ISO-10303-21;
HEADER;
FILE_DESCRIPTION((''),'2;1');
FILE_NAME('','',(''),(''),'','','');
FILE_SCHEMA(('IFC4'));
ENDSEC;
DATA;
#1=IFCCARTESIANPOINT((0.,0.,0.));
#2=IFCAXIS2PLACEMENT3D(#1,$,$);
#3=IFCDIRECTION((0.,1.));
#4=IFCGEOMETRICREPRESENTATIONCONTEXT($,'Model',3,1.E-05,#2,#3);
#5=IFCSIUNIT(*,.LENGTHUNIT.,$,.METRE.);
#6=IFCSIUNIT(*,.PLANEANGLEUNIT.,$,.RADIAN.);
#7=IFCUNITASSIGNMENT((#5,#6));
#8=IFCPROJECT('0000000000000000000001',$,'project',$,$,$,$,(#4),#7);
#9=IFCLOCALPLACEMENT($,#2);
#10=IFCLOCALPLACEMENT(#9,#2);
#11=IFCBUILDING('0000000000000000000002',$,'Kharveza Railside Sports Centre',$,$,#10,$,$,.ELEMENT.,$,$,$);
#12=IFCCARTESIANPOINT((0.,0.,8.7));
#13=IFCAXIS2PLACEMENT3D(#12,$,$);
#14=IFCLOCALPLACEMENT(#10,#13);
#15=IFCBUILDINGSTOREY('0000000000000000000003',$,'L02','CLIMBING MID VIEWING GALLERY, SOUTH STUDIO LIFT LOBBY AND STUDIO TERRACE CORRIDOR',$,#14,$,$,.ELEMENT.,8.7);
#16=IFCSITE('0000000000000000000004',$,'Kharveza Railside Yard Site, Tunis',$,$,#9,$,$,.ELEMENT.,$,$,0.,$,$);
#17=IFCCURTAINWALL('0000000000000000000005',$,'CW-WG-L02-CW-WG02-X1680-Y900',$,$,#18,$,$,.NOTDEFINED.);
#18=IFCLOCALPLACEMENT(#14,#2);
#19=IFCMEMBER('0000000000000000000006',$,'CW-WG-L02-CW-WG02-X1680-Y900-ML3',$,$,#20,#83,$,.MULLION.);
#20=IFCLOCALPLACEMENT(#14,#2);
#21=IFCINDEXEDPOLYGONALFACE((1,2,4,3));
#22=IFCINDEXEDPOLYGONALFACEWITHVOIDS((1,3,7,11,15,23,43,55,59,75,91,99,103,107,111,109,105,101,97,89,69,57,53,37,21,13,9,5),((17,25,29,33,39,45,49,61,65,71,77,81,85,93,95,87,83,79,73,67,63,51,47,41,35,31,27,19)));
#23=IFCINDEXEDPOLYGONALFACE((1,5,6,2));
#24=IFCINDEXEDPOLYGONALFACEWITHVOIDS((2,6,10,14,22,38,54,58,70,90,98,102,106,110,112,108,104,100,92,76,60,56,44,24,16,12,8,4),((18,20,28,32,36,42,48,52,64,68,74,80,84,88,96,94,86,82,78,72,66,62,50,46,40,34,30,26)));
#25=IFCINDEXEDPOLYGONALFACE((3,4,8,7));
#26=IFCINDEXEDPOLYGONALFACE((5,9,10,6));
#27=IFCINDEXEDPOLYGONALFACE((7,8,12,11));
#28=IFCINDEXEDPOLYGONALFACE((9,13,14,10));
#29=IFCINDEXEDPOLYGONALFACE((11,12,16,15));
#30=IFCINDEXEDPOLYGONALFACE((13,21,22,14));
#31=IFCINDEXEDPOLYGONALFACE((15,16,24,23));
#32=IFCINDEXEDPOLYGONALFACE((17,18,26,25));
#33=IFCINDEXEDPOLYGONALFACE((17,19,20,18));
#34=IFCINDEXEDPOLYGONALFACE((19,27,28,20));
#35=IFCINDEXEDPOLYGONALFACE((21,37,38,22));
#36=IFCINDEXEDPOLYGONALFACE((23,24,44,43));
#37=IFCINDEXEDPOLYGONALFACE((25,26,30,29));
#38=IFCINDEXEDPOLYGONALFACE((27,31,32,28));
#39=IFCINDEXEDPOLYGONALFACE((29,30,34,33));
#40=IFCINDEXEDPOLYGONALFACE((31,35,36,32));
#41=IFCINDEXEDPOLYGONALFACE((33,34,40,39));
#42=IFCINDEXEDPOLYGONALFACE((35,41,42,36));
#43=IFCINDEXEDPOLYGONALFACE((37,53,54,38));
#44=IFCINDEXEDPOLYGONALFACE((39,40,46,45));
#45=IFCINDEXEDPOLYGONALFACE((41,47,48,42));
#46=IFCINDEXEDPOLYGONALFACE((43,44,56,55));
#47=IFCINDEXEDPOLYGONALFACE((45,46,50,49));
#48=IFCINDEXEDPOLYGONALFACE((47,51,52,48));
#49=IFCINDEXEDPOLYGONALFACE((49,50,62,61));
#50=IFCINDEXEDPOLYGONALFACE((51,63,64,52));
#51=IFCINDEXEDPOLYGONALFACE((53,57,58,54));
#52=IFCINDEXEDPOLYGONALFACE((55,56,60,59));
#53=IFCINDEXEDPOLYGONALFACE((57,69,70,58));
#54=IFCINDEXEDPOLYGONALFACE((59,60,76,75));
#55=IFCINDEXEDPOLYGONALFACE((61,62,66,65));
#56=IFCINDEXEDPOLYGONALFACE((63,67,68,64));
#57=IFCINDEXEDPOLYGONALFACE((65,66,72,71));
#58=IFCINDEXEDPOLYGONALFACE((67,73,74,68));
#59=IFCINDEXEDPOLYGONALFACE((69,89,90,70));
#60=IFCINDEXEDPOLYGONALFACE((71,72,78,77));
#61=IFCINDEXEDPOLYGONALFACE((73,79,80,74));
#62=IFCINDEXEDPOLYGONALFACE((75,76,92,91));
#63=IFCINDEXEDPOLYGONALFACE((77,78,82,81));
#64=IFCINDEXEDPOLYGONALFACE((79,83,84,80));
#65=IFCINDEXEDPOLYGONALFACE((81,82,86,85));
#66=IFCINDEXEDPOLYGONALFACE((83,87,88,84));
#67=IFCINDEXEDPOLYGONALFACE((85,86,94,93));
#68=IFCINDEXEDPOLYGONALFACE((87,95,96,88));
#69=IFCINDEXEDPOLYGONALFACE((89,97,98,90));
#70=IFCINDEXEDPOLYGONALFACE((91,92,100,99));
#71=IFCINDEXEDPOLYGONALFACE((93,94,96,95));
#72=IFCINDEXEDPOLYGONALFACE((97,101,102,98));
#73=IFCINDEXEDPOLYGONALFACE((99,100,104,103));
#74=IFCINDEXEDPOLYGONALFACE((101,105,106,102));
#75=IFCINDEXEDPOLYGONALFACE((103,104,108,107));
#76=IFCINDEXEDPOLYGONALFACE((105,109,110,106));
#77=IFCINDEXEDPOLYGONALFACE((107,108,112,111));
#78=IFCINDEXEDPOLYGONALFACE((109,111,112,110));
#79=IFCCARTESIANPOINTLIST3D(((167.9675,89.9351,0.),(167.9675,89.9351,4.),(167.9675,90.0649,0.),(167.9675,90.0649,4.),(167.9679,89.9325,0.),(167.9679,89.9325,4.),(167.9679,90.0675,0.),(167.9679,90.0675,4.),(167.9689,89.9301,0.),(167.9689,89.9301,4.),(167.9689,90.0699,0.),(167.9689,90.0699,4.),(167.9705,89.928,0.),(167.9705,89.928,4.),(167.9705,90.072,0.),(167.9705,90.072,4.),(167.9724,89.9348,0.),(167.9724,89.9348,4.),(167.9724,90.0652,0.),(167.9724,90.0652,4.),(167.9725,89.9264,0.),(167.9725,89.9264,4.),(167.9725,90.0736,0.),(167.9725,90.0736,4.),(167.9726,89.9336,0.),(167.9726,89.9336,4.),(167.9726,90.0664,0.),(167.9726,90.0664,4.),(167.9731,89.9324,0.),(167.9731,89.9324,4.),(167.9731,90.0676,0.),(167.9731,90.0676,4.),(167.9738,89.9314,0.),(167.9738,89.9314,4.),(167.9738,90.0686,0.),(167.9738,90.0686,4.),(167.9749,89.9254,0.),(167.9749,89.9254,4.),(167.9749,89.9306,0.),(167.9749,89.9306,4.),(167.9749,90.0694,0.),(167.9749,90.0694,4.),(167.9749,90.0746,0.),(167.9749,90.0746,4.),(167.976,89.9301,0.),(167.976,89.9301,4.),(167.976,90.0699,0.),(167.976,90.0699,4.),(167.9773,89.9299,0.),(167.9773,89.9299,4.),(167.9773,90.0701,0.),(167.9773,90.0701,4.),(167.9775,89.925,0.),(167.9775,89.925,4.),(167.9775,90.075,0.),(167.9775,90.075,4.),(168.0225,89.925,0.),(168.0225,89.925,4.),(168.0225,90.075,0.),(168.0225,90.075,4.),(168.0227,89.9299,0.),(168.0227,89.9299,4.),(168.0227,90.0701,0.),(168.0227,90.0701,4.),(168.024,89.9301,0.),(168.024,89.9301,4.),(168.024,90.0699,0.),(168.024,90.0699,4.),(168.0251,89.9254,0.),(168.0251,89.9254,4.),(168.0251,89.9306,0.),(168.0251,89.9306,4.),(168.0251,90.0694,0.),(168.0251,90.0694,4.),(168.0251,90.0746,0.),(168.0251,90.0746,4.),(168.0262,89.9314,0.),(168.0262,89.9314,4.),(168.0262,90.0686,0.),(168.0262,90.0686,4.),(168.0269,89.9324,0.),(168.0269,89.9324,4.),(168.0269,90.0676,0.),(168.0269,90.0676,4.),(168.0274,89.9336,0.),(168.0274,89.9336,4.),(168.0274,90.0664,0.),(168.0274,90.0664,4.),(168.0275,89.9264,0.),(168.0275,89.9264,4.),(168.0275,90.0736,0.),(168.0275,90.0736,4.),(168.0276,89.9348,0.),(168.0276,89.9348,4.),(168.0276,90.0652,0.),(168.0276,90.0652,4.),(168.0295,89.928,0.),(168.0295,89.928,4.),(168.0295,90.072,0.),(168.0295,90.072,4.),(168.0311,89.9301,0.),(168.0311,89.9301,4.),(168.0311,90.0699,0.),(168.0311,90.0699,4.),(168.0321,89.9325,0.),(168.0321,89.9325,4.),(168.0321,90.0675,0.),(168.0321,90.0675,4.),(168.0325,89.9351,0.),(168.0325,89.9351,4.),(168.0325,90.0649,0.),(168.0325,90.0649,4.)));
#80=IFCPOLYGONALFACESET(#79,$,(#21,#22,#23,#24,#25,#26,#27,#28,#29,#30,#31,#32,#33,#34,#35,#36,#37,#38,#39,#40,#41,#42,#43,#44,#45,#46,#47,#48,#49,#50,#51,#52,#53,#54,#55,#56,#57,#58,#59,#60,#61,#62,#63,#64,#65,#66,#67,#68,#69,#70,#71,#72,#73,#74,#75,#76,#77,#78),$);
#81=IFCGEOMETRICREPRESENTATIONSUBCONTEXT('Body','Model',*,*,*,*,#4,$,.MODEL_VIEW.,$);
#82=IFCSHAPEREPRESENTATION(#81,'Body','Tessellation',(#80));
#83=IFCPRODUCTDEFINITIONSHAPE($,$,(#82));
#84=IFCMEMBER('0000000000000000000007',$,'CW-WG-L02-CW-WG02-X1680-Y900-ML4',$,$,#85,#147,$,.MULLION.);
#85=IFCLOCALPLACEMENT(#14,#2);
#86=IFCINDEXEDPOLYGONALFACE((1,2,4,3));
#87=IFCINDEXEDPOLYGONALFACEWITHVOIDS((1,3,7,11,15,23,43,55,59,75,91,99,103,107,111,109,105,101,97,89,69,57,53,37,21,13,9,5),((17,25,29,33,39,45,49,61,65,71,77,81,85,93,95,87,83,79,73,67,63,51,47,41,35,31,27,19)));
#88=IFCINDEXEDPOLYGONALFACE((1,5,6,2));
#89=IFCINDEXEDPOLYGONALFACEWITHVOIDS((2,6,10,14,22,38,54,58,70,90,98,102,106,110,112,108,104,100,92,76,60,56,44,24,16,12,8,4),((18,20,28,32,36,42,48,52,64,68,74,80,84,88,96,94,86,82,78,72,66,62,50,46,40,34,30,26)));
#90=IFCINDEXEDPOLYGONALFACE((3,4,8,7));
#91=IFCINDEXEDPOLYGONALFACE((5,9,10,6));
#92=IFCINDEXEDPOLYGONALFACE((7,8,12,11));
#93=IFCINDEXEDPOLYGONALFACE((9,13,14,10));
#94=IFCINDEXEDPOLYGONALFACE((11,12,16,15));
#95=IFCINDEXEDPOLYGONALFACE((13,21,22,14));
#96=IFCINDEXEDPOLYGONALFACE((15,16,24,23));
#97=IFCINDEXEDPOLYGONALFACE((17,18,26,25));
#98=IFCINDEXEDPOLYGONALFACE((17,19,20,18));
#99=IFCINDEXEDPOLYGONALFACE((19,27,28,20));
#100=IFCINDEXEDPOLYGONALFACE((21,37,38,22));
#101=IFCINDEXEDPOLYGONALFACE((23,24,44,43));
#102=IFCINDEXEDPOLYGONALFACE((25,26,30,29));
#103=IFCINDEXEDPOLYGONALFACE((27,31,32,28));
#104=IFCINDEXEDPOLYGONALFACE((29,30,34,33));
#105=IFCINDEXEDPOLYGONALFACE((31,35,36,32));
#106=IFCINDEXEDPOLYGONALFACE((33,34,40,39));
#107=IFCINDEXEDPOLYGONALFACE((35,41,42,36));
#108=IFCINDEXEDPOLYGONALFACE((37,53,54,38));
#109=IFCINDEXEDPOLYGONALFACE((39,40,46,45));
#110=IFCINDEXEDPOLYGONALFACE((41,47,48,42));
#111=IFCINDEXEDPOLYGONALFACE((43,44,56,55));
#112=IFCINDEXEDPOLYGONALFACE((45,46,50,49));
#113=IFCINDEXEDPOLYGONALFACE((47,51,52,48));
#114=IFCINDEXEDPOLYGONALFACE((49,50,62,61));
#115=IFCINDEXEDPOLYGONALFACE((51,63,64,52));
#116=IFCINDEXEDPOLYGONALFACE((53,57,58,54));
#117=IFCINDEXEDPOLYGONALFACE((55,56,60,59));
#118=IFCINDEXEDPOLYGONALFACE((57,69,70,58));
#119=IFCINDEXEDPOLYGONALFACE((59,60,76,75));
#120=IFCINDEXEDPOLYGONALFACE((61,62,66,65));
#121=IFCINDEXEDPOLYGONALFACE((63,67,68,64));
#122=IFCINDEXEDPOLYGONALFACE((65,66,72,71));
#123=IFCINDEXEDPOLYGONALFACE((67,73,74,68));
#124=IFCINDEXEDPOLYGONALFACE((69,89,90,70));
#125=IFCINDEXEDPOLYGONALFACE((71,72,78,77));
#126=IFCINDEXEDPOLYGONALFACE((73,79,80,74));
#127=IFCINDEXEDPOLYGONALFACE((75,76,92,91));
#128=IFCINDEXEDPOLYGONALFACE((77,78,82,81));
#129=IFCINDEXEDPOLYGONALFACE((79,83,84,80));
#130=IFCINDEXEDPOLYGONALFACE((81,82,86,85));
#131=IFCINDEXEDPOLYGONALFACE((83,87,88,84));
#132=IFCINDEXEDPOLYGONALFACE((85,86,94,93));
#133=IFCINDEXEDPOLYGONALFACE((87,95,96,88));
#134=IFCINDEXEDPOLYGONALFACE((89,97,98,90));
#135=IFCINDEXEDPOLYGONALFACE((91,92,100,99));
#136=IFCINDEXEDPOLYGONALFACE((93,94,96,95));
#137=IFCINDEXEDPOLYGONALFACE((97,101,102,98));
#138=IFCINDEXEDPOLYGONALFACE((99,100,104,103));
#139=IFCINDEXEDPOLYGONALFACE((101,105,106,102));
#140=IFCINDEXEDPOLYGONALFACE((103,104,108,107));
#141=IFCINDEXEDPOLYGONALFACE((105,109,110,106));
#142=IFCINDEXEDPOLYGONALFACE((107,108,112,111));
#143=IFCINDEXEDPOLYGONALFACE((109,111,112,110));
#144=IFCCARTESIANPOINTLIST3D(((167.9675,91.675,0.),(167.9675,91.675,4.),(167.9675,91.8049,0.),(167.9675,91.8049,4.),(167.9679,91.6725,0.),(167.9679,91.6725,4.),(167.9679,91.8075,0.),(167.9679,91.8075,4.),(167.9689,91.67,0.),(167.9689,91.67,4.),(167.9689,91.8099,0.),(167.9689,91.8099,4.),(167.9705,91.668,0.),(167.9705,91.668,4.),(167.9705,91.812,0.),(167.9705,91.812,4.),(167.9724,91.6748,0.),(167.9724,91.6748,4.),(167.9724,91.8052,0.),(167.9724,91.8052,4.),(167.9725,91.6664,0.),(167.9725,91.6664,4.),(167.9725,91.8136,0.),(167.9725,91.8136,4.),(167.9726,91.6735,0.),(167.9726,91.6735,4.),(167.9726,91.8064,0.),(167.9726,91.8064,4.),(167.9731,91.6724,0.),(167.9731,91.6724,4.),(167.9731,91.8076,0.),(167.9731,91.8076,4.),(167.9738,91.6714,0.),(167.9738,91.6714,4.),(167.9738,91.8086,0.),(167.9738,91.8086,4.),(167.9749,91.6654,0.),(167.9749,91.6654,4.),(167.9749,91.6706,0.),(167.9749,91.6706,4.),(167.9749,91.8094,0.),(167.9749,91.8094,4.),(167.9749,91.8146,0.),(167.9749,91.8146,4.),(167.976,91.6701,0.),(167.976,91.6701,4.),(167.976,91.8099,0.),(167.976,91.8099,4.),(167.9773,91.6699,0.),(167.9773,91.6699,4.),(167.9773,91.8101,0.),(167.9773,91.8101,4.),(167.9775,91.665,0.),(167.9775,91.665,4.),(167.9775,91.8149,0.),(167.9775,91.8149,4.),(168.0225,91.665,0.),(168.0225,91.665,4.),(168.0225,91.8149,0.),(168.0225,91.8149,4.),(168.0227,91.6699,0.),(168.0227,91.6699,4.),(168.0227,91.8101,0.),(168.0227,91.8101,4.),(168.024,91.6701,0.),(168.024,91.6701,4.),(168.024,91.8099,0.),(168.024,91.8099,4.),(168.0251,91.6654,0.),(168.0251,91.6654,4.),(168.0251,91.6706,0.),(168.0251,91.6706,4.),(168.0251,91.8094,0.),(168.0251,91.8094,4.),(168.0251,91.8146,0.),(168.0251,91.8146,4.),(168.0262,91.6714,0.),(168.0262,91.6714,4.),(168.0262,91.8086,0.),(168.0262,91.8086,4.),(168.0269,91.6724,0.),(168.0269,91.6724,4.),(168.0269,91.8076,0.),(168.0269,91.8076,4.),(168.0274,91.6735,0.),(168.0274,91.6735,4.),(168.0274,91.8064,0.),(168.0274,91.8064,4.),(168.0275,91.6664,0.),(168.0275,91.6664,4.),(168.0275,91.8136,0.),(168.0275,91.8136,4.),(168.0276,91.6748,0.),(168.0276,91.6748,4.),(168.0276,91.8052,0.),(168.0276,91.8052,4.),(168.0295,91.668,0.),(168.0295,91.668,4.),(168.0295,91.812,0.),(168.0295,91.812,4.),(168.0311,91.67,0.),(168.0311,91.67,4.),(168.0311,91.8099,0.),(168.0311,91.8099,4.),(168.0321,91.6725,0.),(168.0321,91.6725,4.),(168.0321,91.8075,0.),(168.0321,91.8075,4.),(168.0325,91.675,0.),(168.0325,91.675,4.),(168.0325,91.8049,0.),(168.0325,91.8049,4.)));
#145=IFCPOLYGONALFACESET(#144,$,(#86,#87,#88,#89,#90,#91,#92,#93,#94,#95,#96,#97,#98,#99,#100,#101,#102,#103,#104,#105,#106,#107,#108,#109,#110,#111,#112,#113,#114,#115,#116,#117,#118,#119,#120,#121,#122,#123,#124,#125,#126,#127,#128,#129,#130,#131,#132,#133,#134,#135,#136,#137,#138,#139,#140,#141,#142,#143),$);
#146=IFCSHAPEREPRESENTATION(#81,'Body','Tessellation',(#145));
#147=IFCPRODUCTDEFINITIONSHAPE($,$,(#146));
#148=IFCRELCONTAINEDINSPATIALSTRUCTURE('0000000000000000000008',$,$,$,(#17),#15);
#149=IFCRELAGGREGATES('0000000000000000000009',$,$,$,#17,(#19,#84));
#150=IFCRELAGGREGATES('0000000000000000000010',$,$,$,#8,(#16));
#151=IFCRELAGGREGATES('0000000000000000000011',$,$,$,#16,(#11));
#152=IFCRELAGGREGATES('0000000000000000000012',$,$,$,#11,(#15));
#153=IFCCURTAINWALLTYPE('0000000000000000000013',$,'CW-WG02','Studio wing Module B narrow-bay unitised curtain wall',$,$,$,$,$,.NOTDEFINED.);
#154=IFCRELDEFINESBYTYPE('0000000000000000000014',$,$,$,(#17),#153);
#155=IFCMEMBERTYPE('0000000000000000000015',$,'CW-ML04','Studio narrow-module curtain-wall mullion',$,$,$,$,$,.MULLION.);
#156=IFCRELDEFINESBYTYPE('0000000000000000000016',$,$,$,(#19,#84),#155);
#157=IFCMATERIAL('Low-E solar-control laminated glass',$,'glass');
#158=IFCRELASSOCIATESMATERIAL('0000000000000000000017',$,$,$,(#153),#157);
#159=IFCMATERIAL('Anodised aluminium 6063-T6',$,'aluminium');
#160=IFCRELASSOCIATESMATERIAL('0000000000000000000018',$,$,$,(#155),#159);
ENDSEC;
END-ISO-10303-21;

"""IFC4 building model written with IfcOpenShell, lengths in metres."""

from ifc_helpers import new_model, si_unit, direction, frame, origin, origin_2d, place, context, subcontext, project, spatial, hollow_rectangle, extrude, material, material_profile, profile_set, type_object, element, aggregate, save


model = new_model("IFC4")

# Units and contexts
model_context = context("Model", 3, precision=1e-05, world=origin(), true_north=direction((0.0, 1.0)))
body_context = subcontext(model_context, "Body", "Model", "MODEL_VIEW")
ifc_project = project(units=[si_unit("LENGTHUNIT", "METRE"), si_unit("PLANEANGLEUNIT", "RADIAN")], contexts=[model_context])

# Site, building, storey
site_placement = place(None, origin())
site = spatial("IfcSite", under=ifc_project, at=site_placement, Name="Kharveza Railside Yard Site, Tunis", CompositionType="ELEMENT", RefElevation=0.0)
building_placement = place(site_placement, origin())
building = spatial("IfcBuilding", under=site, at=building_placement, Name="Kharveza Railside Sports Centre", CompositionType="ELEMENT")
storey_placement = place(building_placement, frame((0.0, 0.0, 8.7)))
storey = spatial("IfcBuildingStorey", under=building, at=storey_placement, Name="L02", Description="CLIMBING MID VIEWING GALLERY, SOUTH STUDIO LIFT LOBBY AND STUDIO TERRACE CORRIDOR", CompositionType="ELEMENT", Elevation=8.7)

# Curtain wall, members
ifc_material_1 = material(Name="Low-E solar-control laminated glass", Category="glass")
curtain_wall_type = type_object("IfcCurtainWallType", Name="CW-WG02", Description="Studio wing Module B narrow-bay unitised curtain wall", PredefinedType="NOTDEFINED", material=ifc_material_1)
curtain_wall_placement = place(storey_placement, origin())
curtain_wall = element("IfcCurtainWall", 1, at=curtain_wall_placement, inside=storey, type_object=curtain_wall_type, Name="CW-WG-L02-CW-WG02-X1680-Y900", PredefinedType="NOTDEFINED")
ifc_material_2 = material(Name="Anodised aluminium 6063-T6", Category="aluminium")
ifc_material_profile_1 = material_profile(ifc_material_2, hollow_rectangle(XDim=0.0649, YDim=0.1499, WallThickness=0.0049, InnerFilletRadius=0.0049, OuterFilletRadius=0.01, at=origin_2d()), Name="RHS 65x150x5.0")
ifc_profile_set_1 = profile_set([ifc_material_profile_1], Name="Anodised aluminium 6063-T6")
member_type_1 = type_object("IfcMemberType", Name="CW-ML04", Description="Studio narrow-module curtain-wall mullion", PredefinedType="MULLION", material=ifc_profile_set_1)
member_1_placement = place(storey_placement, frame((168.0, 90.0, 0.0), z_axis=(0.0, 0.0, 1.0), x_axis=(1.0, 0.0, 0.0)))
member_1 = element("IfcMember", 2, at=member_1_placement, type_object=member_type_1, Name="CW-WG-L02-CW-WG02-X1680-Y900-ML3", PredefinedType="MULLION", context=body_context, shape_type="SweptSolid", body=[
    extrude(hollow_rectangle(XDim=0.0649, YDim=0.1499, WallThickness=0.0049, InnerFilletRadius=0.0049, OuterFilletRadius=0.01, at=origin_2d()), origin(), (0.0, 0.0, 1.0), 4.0),
])
member_2_placement = place(storey_placement, frame((168.0, 91.74, 0.0), z_axis=(0.0, 0.0, 1.0), x_axis=(1.0, 0.0, 0.0)))
member_2 = element("IfcMember", 3, at=member_2_placement, type_object=member_type_1, Name="CW-WG-L02-CW-WG02-X1680-Y900-ML4", PredefinedType="MULLION", context=body_context, shape_type="SweptSolid", body=[
    extrude(hollow_rectangle(XDim=0.0649, YDim=0.1499, WallThickness=0.0049, InnerFilletRadius=0.0049, OuterFilletRadius=0.01, at=origin_2d()), origin(), (0.0, 0.0, 1.0), 4.0),
])
aggregate(curtain_wall, [member_1, member_2])

save(model, "model.ifc")
